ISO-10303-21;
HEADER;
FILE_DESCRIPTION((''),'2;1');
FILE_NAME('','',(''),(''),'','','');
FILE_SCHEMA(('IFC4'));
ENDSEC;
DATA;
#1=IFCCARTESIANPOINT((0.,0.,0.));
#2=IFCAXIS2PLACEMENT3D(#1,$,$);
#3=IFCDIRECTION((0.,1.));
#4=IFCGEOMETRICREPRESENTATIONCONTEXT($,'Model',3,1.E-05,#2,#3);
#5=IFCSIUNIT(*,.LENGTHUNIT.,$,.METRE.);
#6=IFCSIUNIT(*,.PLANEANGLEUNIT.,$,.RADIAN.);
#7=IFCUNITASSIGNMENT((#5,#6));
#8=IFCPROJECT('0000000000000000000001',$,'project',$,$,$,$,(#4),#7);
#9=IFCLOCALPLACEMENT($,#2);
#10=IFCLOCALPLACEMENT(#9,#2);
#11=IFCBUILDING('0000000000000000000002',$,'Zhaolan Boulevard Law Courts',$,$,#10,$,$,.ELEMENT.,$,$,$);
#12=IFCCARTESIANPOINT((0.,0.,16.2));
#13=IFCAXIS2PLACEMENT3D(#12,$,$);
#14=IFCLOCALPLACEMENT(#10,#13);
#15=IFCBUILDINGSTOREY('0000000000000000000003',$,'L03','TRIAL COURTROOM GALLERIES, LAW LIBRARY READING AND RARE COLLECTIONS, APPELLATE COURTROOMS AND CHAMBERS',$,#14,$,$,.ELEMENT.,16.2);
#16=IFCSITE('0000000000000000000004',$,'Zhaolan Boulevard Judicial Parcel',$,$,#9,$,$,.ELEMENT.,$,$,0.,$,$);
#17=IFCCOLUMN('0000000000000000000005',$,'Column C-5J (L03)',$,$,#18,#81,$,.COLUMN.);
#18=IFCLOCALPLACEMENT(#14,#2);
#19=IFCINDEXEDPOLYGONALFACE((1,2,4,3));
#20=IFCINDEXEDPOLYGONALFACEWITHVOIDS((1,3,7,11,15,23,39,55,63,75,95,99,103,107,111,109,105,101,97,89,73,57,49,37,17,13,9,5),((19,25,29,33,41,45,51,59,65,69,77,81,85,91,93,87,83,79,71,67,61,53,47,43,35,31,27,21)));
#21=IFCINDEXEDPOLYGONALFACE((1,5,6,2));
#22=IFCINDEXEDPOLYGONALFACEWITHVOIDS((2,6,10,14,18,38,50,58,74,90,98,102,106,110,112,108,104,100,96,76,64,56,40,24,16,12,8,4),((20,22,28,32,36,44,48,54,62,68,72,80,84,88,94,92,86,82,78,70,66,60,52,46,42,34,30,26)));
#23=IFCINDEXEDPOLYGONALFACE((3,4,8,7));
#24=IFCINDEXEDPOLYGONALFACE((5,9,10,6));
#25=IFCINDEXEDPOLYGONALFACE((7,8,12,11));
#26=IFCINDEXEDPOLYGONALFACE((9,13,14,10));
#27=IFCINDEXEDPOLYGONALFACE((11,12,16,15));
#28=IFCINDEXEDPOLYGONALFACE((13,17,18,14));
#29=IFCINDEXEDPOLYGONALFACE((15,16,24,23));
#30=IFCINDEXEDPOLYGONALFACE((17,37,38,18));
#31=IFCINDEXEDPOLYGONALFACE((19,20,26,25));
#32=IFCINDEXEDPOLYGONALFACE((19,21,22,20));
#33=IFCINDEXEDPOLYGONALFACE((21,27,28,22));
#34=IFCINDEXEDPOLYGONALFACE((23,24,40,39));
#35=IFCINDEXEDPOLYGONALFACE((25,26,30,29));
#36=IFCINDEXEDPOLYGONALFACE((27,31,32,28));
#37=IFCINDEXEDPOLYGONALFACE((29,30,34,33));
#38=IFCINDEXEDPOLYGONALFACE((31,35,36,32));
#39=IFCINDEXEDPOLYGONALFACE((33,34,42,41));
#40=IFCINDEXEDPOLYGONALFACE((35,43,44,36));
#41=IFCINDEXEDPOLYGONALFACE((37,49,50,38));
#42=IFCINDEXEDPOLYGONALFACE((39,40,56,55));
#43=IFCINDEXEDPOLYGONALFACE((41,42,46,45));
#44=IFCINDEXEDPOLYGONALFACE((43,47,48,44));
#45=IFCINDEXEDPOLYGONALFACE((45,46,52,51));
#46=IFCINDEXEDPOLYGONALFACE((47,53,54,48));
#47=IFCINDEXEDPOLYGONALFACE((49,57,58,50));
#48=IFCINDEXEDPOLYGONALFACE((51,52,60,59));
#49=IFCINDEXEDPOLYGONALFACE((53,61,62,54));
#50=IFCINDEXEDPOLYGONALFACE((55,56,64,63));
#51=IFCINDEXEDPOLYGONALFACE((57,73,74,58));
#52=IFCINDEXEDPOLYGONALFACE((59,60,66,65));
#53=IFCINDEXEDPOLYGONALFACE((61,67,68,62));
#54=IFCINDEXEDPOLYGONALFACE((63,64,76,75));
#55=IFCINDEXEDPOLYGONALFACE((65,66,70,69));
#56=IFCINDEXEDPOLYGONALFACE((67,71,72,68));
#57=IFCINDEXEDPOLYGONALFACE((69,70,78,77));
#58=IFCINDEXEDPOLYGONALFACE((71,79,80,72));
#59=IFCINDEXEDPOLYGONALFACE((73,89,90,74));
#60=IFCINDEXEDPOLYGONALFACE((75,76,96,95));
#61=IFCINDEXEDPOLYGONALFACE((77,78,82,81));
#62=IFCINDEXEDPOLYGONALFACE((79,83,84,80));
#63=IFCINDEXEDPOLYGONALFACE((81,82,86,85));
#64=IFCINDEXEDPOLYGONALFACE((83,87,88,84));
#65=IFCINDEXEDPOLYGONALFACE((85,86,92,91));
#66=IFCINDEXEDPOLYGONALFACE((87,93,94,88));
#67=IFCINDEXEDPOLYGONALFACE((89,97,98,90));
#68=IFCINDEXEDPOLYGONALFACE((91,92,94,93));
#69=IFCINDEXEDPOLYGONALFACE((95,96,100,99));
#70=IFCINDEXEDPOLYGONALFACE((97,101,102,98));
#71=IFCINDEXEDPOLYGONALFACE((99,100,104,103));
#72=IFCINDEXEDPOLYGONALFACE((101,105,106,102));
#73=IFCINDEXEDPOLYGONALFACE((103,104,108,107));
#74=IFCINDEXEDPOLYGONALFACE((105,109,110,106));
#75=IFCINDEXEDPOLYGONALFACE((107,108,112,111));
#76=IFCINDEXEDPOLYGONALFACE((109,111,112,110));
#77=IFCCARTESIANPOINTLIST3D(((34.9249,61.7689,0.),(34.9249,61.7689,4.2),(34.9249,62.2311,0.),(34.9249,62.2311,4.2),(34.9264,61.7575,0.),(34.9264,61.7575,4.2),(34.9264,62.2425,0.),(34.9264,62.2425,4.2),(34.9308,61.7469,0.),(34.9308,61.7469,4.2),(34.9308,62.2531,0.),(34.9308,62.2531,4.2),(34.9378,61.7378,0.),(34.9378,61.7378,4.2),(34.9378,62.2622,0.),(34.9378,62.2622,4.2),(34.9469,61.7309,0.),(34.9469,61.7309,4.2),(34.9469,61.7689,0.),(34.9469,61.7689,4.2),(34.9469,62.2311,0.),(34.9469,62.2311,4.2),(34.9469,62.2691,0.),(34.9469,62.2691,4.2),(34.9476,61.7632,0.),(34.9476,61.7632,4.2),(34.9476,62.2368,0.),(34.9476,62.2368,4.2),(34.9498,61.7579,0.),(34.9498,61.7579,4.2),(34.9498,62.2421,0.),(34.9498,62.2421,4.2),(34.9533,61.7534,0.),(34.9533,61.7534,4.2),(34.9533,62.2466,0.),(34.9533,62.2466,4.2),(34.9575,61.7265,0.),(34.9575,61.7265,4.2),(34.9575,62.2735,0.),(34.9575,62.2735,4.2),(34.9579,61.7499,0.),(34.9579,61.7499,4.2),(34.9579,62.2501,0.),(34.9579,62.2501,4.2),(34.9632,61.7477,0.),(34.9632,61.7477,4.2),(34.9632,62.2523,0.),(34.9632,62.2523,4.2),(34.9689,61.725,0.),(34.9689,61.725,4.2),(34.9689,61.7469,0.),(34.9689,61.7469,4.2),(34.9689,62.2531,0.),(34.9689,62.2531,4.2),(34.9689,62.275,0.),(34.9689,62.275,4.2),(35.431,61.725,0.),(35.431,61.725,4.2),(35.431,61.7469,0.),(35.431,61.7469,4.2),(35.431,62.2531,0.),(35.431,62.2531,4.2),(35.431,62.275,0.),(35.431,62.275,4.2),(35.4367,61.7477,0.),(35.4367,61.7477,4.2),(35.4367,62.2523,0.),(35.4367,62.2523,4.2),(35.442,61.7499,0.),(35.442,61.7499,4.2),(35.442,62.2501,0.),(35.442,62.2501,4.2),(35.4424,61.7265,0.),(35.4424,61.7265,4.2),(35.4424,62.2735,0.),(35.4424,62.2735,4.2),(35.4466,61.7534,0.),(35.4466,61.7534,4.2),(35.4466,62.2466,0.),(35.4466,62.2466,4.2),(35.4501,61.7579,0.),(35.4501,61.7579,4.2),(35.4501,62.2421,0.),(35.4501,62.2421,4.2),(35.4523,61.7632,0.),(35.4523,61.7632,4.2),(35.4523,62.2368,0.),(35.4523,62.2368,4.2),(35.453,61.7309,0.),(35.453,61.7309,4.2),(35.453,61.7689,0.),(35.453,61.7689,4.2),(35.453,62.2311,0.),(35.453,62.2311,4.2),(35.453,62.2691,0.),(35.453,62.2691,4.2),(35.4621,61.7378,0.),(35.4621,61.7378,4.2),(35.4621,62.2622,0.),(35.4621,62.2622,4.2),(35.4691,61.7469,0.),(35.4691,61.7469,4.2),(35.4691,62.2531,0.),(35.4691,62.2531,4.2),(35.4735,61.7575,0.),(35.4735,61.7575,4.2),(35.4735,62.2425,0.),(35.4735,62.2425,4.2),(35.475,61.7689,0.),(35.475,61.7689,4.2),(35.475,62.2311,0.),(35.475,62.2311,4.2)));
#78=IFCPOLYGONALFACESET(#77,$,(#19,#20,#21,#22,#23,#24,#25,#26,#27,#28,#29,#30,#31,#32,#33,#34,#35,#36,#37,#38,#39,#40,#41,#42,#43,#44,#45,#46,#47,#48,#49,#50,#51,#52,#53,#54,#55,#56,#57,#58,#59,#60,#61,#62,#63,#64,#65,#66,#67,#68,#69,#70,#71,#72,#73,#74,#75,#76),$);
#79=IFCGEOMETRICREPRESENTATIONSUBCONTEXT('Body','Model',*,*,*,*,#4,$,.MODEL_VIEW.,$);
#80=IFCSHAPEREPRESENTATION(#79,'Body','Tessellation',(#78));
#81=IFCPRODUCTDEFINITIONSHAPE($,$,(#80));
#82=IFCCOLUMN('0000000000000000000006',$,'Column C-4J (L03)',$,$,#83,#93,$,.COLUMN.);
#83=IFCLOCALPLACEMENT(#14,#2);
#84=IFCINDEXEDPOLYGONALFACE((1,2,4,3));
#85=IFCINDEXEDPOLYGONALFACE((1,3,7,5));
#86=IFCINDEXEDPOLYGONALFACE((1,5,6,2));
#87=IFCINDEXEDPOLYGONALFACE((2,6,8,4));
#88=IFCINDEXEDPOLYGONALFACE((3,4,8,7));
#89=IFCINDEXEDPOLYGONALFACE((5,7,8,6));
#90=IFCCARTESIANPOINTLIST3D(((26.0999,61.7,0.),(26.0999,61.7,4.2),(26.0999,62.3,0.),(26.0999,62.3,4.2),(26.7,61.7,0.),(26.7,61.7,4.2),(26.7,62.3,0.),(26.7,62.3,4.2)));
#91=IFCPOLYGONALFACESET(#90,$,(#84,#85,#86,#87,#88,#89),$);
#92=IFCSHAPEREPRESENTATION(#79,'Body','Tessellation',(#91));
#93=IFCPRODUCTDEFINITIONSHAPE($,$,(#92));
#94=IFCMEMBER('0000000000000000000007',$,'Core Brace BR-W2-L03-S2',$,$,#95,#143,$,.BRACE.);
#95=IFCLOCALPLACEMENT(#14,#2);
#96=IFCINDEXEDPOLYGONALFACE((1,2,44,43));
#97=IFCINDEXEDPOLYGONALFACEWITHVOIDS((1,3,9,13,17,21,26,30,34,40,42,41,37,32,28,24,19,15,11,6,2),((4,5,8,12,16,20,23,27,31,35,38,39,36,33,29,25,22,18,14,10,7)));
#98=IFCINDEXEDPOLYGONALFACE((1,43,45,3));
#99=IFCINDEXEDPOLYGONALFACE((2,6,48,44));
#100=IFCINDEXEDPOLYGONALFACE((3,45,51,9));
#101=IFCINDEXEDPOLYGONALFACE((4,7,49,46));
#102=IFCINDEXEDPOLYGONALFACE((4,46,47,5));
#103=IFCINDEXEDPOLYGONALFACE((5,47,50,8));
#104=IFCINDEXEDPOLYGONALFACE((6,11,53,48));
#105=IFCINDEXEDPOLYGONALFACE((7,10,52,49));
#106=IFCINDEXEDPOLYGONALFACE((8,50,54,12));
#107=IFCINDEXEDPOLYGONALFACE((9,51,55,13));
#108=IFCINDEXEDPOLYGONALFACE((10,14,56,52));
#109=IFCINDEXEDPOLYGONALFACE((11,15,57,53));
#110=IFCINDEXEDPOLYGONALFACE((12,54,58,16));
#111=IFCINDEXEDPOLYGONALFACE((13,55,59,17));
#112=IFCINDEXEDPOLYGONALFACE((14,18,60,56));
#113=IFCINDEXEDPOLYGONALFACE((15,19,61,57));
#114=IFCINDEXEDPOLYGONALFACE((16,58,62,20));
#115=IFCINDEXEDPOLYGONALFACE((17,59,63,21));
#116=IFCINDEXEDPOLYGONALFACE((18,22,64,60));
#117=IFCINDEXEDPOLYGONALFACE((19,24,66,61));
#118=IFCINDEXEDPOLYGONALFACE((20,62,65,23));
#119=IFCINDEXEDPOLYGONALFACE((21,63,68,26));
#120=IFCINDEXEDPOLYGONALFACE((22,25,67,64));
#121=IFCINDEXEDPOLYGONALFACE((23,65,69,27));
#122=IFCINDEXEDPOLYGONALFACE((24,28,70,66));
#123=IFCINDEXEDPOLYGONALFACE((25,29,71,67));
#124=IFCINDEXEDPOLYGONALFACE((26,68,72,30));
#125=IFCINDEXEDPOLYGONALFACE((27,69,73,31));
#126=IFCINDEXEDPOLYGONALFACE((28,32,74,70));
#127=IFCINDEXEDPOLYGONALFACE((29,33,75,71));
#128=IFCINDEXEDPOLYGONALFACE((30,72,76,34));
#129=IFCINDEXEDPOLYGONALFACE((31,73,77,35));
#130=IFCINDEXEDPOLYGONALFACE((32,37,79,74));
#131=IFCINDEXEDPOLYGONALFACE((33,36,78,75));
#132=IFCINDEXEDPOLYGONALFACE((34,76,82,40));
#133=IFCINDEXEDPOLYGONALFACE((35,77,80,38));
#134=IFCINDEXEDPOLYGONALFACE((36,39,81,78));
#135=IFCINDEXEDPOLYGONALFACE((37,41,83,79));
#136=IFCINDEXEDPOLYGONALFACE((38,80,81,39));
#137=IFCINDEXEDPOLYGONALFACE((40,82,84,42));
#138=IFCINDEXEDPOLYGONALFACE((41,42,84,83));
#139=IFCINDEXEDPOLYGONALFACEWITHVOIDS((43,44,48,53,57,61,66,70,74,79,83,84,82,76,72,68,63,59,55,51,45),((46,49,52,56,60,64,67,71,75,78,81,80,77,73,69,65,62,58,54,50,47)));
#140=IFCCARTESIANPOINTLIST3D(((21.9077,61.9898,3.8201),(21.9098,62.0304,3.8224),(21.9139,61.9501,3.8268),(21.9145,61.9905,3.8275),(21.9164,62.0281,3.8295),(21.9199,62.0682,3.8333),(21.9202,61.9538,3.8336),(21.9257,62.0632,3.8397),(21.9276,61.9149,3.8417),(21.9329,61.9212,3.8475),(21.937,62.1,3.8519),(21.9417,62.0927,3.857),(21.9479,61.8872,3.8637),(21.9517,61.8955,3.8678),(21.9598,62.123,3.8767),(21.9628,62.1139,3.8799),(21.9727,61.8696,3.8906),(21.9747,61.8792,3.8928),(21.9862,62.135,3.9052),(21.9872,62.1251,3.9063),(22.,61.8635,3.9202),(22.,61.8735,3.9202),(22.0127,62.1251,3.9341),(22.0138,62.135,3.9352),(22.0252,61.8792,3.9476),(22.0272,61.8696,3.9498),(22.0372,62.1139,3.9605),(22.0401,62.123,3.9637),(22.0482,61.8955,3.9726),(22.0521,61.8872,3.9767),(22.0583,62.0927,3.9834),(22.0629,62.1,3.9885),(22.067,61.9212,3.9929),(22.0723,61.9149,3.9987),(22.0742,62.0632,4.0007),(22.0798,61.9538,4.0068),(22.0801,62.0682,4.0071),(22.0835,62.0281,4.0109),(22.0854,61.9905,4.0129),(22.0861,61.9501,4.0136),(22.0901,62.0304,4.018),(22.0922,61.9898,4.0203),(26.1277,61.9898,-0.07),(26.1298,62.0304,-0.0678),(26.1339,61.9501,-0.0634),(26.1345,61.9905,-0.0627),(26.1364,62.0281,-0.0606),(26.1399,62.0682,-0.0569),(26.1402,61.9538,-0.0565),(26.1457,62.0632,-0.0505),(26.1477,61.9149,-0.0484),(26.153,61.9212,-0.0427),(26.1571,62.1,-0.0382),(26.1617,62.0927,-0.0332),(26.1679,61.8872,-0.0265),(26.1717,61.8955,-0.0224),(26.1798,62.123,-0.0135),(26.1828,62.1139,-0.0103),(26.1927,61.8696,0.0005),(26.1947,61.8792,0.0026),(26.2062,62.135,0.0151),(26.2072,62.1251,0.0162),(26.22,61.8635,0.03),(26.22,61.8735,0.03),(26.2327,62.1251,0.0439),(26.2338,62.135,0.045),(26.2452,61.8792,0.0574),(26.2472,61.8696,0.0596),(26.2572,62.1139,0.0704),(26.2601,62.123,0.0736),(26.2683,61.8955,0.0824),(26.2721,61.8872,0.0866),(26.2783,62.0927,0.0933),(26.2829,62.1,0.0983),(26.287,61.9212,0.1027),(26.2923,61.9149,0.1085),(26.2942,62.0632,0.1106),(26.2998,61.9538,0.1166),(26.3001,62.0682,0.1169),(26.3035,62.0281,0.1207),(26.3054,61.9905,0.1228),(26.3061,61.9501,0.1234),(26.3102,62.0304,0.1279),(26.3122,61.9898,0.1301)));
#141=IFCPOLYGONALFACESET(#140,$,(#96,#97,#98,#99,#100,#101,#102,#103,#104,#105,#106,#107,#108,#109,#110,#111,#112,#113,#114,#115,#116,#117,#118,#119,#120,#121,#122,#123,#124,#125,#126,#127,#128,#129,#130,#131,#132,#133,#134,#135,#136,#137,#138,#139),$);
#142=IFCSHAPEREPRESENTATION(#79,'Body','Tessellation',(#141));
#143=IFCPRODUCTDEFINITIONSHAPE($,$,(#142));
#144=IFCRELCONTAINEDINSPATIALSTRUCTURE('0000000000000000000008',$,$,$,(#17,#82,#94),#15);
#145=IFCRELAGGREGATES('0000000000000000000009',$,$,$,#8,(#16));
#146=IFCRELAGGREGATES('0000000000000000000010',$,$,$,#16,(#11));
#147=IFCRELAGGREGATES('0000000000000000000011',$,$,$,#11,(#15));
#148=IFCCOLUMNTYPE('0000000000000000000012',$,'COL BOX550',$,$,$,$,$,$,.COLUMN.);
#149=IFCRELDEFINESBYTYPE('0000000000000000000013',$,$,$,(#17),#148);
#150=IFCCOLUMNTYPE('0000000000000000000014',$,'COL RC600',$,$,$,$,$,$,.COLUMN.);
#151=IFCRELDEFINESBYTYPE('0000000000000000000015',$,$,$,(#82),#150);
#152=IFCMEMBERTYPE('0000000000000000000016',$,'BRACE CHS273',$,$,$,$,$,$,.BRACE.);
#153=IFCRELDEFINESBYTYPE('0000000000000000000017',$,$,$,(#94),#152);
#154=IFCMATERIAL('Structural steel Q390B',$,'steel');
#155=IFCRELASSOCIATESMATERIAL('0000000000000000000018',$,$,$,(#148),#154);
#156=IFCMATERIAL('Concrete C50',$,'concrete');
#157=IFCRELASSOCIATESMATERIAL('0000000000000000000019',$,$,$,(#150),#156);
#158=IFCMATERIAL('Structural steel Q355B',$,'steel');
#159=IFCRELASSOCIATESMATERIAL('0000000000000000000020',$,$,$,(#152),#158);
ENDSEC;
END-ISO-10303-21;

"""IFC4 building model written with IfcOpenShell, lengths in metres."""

from ifc_helpers import new_model, si_unit, direction, frame, origin, origin_2d, place, context, subcontext, project, spatial, rectangle, hollow_rectangle, hollow_circle, extrude, material, material_profile, profile_set, type_object, element, save


model = new_model("IFC4")

# Units and contexts
model_context = context("Model", 3, precision=1e-05, world=origin(), true_north=direction((0.0, 1.0)))
body_context = subcontext(model_context, "Body", "Model", "MODEL_VIEW")
ifc_project = project(units=[si_unit("LENGTHUNIT", "METRE"), si_unit("PLANEANGLEUNIT", "RADIAN")], contexts=[model_context])

# Site, building, storey
site_placement = place(None, origin())
site = spatial("IfcSite", under=ifc_project, at=site_placement, Name="Zhaolan Boulevard Judicial Parcel", CompositionType="ELEMENT", RefElevation=0.0)
building_placement = place(site_placement, origin())
building = spatial("IfcBuilding", under=site, at=building_placement, Name="Zhaolan Boulevard Law Courts", CompositionType="ELEMENT")
storey_placement = place(building_placement, frame((0.0, 0.0, 16.2)))
storey = spatial("IfcBuildingStorey", under=building, at=storey_placement, Name="L03", Description="TRIAL COURTROOM GALLERIES, LAW LIBRARY READING AND RARE COLLECTIONS, APPELLATE COURTROOMS AND CHAMBERS", CompositionType="ELEMENT", Elevation=16.2)

# Columns
ifc_material_1 = material(Name="Structural steel Q390B", Category="steel")
ifc_material_profile_1 = material_profile(ifc_material_1, hollow_rectangle(XDim=0.55, YDim=0.55, WallThickness=0.022, InnerFilletRadius=0.022, OuterFilletRadius=0.0439, at=origin_2d()), Name="BOX550x550x22")
ifc_profile_set_1 = profile_set([ifc_material_profile_1], Name="Structural steel Q390B")
column_type_1 = type_object("IfcColumnType", Name="COL BOX550", PredefinedType="COLUMN", material=ifc_profile_set_1)
column_1_placement = place(storey_placement, frame((35.2, 62.0, 0.0), z_axis=(0.0, 0.0, 1.0), x_axis=(1.0, 0.0, 0.0)))
element("IfcColumn", 1, at=column_1_placement, inside=storey, type_object=column_type_1, Name="Column C-5J (L03)", PredefinedType="COLUMN", context=body_context, shape_type="SweptSolid", body=[
    extrude(hollow_rectangle(XDim=0.55, YDim=0.55, WallThickness=0.022, InnerFilletRadius=0.022, OuterFilletRadius=0.0439, at=origin_2d()), origin(), (0.0, 0.0, 1.0), 4.2),
])
ifc_material_2 = material(Name="Concrete C50", Category="concrete")
ifc_material_profile_2 = material_profile(ifc_material_2, rectangle(XDim=0.6001, YDim=0.6001, at=origin_2d()), Name="RC600x600")
ifc_profile_set_2 = profile_set([ifc_material_profile_2], Name="Concrete C50")
column_type_2 = type_object("IfcColumnType", Name="COL RC600", PredefinedType="COLUMN", material=ifc_profile_set_2)
column_2_placement = place(storey_placement, frame((26.3999, 62.0, 0.0), z_axis=(0.0, 0.0, 1.0), x_axis=(1.0, 0.0, 0.0)))
element("IfcColumn", 2, at=column_2_placement, inside=storey, type_object=column_type_2, Name="Column C-4J (L03)", PredefinedType="COLUMN", context=body_context, shape_type="SweptSolid", body=[
    extrude(rectangle(XDim=0.6001, YDim=0.6001, at=origin_2d()), origin(), (0.0, 0.0, 1.0), 4.2),
])

# Member
ifc_material_3 = material(Name="Structural steel Q355B", Category="steel")
ifc_material_profile_3 = material_profile(ifc_material_3, hollow_circle(Radius=0.1365, WallThickness=0.01, at=origin_2d()), Name="CHS273x10")
ifc_profile_set_3 = profile_set([ifc_material_profile_3], Name="Structural steel Q355B")
member_type_1 = type_object("IfcMemberType", Name="BRACE CHS273", PredefinedType="BRACE", material=ifc_profile_set_3)
member_1_placement = place(storey_placement, frame((26.22, 62.0, 0.03), z_axis=(-0.735257, 0.0, 0.677789), x_axis=(0.0, -1.0, 0.0)))
element("IfcMember", 3, at=member_1_placement, inside=storey, type_object=member_type_1, Name="Core Brace BR-W2-L03-S2", PredefinedType="BRACE", context=body_context, shape_type="SweptSolid", body=[
    extrude(hollow_circle(Radius=0.1365, WallThickness=0.01, at=origin_2d()), origin(), (0.0, 0.0, 1.0), 5.7395),
])

save(model, "model.ifc")
